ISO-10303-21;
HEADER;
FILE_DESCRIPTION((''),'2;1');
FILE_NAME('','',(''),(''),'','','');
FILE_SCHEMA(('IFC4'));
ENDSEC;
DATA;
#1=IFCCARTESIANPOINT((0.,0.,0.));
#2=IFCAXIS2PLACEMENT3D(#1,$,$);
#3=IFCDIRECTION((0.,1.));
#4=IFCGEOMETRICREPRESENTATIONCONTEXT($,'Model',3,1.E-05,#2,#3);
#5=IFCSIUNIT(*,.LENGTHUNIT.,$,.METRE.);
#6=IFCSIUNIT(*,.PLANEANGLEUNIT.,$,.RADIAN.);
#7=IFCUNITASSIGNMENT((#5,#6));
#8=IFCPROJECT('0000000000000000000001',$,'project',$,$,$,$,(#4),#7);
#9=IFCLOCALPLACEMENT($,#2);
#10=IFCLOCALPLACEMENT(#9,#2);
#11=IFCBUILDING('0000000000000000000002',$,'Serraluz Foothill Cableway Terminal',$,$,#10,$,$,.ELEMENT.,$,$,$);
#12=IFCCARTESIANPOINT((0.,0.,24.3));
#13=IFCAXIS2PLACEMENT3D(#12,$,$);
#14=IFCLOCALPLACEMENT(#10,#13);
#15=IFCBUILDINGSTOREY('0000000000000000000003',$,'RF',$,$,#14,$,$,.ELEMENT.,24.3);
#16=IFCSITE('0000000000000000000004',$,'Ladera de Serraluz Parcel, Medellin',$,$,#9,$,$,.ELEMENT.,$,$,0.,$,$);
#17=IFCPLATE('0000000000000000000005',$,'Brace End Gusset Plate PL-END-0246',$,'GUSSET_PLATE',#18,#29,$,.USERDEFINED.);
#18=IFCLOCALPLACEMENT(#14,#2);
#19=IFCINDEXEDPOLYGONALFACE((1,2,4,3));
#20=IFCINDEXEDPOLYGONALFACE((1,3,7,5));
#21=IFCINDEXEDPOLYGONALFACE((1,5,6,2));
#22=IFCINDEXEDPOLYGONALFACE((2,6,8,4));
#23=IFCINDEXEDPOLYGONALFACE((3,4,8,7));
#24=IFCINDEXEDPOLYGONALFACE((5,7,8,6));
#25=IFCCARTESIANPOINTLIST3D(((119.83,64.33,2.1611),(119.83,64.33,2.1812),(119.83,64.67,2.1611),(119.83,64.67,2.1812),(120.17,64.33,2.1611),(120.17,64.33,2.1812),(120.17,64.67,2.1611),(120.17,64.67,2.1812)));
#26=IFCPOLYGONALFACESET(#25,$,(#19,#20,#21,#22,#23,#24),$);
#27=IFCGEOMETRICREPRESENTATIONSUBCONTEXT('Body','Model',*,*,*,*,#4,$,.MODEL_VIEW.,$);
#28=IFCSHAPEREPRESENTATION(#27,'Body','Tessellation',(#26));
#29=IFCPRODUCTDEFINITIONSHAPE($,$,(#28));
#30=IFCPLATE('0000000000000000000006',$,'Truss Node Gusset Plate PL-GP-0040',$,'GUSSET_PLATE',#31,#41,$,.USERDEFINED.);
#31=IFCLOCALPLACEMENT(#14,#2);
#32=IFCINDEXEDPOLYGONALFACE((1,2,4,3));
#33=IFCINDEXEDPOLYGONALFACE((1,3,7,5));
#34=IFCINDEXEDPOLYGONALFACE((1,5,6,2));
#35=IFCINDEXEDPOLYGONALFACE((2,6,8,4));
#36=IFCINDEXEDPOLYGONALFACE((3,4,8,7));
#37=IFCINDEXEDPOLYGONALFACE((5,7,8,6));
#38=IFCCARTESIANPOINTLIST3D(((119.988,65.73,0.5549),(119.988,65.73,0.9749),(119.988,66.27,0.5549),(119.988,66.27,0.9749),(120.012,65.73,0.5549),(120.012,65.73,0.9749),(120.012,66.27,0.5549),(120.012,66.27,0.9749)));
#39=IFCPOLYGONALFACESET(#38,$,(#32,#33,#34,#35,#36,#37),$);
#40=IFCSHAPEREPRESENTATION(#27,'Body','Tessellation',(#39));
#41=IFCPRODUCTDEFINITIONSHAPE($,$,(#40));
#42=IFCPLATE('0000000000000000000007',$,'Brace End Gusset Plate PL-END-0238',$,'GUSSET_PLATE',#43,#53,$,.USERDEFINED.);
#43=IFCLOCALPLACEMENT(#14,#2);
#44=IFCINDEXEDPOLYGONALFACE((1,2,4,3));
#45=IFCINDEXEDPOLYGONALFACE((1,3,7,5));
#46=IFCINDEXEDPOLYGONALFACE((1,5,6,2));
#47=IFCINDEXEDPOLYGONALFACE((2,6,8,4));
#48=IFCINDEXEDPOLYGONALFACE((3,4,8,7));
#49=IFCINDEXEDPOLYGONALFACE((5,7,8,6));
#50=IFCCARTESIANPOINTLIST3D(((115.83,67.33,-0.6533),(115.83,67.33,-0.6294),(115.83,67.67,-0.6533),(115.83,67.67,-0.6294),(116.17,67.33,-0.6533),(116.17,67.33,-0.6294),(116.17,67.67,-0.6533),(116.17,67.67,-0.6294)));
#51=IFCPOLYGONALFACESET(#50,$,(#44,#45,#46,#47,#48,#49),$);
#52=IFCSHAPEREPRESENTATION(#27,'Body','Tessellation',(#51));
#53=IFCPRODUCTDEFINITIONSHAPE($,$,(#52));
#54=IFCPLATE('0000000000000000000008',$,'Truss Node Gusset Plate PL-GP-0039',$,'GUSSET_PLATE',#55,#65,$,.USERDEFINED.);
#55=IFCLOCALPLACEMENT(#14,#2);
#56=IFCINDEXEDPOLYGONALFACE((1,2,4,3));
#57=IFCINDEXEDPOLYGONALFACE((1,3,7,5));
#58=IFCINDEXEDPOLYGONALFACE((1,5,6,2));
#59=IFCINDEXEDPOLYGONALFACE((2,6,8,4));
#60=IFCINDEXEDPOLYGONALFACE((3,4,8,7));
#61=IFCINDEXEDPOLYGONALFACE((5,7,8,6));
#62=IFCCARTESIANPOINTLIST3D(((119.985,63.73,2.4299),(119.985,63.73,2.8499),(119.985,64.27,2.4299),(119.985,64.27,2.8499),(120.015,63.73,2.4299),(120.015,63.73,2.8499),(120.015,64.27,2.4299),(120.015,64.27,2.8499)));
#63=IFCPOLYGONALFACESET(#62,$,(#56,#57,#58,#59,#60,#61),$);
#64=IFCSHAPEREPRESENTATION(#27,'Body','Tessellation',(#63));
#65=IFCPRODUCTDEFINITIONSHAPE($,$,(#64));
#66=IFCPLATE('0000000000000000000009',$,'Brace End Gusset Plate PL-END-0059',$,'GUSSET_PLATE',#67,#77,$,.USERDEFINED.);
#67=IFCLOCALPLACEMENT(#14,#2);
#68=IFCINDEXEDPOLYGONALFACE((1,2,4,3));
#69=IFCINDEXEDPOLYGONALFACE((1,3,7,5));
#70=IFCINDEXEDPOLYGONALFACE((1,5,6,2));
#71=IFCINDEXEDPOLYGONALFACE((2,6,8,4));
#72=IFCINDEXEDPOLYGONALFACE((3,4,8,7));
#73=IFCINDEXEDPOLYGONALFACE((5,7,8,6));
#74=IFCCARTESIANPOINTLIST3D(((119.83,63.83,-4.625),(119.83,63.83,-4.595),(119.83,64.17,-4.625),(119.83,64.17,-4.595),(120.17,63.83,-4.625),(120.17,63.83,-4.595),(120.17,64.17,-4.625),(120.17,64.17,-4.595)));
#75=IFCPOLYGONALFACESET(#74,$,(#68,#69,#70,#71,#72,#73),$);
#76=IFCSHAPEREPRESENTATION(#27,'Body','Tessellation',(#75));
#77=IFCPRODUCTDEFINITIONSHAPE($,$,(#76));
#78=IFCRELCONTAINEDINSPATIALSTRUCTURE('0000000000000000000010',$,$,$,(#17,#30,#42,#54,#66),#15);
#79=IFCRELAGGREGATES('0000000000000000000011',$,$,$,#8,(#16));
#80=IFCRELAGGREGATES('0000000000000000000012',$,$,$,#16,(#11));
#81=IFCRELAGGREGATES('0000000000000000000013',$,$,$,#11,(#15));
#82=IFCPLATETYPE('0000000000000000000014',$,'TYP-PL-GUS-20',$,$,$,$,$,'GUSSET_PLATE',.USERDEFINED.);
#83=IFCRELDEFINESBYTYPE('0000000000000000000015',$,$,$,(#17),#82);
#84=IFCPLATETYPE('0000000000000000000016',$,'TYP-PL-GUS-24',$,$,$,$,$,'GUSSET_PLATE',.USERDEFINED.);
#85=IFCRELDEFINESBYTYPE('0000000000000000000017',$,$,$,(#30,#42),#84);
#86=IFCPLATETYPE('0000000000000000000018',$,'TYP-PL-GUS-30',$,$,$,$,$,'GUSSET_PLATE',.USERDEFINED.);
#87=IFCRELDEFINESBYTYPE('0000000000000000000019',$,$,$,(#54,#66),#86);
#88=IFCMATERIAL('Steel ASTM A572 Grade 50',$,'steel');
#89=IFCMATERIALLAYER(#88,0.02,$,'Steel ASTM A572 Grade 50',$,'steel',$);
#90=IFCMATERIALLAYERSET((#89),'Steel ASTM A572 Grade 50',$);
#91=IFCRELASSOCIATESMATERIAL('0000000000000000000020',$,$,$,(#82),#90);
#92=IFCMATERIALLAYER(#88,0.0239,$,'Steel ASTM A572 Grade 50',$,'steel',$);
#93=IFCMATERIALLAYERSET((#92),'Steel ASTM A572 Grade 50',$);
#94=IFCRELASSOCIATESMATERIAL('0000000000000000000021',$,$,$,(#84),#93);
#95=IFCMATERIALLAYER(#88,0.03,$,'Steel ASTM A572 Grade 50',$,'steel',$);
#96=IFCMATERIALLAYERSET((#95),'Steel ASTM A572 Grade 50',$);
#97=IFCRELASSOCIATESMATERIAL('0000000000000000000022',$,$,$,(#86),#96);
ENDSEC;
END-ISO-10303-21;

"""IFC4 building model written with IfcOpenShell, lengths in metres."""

from ifc_helpers import new_model, si_unit, direction, frame, origin, origin_2d, place, context, subcontext, project, spatial, rectangle, extrude, material, layer, layer_set, type_object, element, save


model = new_model("IFC4")

# Units and contexts
model_context = context("Model", 3, precision=1e-05, world=origin(), true_north=direction((0.0, 1.0)))
body_context = subcontext(model_context, "Body", "Model", "MODEL_VIEW")
ifc_project = project(units=[si_unit("LENGTHUNIT", "METRE"), si_unit("PLANEANGLEUNIT", "RADIAN")], contexts=[model_context])

# Site, building, storey
site_placement = place(None, origin())
site = spatial("IfcSite", under=ifc_project, at=site_placement, Name="Ladera de Serraluz Parcel, Medellin", CompositionType="ELEMENT", RefElevation=0.0)
building_placement = place(site_placement, origin())
building = spatial("IfcBuilding", under=site, at=building_placement, Name="Serraluz Foothill Cableway Terminal", CompositionType="ELEMENT")
storey_placement = place(building_placement, frame((0.0, 0.0, 24.3)))
storey = spatial("IfcBuildingStorey", under=building, at=storey_placement, Name="RF", CompositionType="ELEMENT", Elevation=24.3)

# Shared definitions
ifc_material_1 = material(Name="Steel ASTM A572 Grade 50", Category="steel")

# Plates
ifc_layer_1 = layer(ifc_material_1, 0.02, Name="Steel ASTM A572 Grade 50", Category="steel")
ifc_layer_set_1 = layer_set([ifc_layer_1], Name="Steel ASTM A572 Grade 50")
plate_type_1 = type_object("IfcPlateType", Name="TYP-PL-GUS-20", ElementType="GUSSET_PLATE", PredefinedType="USERDEFINED", material=ifc_layer_set_1)
plate_1_placement = place(storey_placement, frame((120.0, 64.5, 2.1611), z_axis=(0.0, 0.0, 1.0), x_axis=(1.0, 0.0, 0.0)))
element("IfcPlate", 1, at=plate_1_placement, inside=storey, type_object=plate_type_1, Name="Brace End Gusset Plate PL-END-0246", ObjectType="GUSSET_PLATE", PredefinedType="USERDEFINED", context=body_context, shape_type="SweptSolid", body=[
    extrude(rectangle(XDim=0.3401, YDim=0.3401, at=origin_2d()), origin(), (0.0, 0.0, 1.0), 0.02),
])
ifc_layer_2 = layer(ifc_material_1, 0.0239, Name="Steel ASTM A572 Grade 50", Category="steel")
ifc_layer_set_2 = layer_set([ifc_layer_2], Name="Steel ASTM A572 Grade 50")
plate_type_2 = type_object("IfcPlateType", Name="TYP-PL-GUS-24", ElementType="GUSSET_PLATE", PredefinedType="USERDEFINED", material=ifc_layer_set_2)
plate_2_placement = place(storey_placement, frame((120.0, 66.0, 0.5549), z_axis=(0.0, 0.0, 1.0), x_axis=(1.0, 0.0, 0.0)))
element("IfcPlate", 2, at=plate_2_placement, inside=storey, type_object=plate_type_2, Name="Truss Node Gusset Plate PL-GP-0040", ObjectType="GUSSET_PLATE", PredefinedType="USERDEFINED", context=body_context, shape_type="SweptSolid", body=[
    extrude(rectangle(XDim=0.0239, YDim=0.54, at=origin_2d()), origin(), (0.0, 0.0, 1.0), 0.4199),
])
plate_3_placement = place(storey_placement, frame((116.0, 67.5, -0.6533), z_axis=(0.0, 0.0, 1.0), x_axis=(1.0, 0.0, 0.0)))
element("IfcPlate", 3, at=plate_3_placement, inside=storey, type_object=plate_type_2, Name="Brace End Gusset Plate PL-END-0238", ObjectType="GUSSET_PLATE", PredefinedType="USERDEFINED", context=body_context, shape_type="SweptSolid", body=[
    extrude(rectangle(XDim=0.3401, YDim=0.3401, at=origin_2d()), origin(), (0.0, 0.0, 1.0), 0.0239),
])
ifc_layer_3 = layer(ifc_material_1, 0.03, Name="Steel ASTM A572 Grade 50", Category="steel")
ifc_layer_set_3 = layer_set([ifc_layer_3], Name="Steel ASTM A572 Grade 50")
plate_type_3 = type_object("IfcPlateType", Name="TYP-PL-GUS-30", ElementType="GUSSET_PLATE", PredefinedType="USERDEFINED", material=ifc_layer_set_3)
plate_4_placement = place(storey_placement, frame((120.0, 64.0, 2.4299), z_axis=(0.0, 0.0, 1.0), x_axis=(1.0, 0.0, 0.0)))
element("IfcPlate", 4, at=plate_4_placement, inside=storey, type_object=plate_type_3, Name="Truss Node Gusset Plate PL-GP-0039", ObjectType="GUSSET_PLATE", PredefinedType="USERDEFINED", context=body_context, shape_type="SweptSolid", body=[
    extrude(rectangle(XDim=0.03, YDim=0.54, at=origin_2d()), origin(), (0.0, 0.0, 1.0), 0.4199),
])
plate_5_placement = place(storey_placement, frame((120.0, 64.0, -4.625), z_axis=(0.0, 0.0, 1.0), x_axis=(1.0, 0.0, 0.0)))
element("IfcPlate", 5, at=plate_5_placement, inside=storey, type_object=plate_type_3, Name="Brace End Gusset Plate PL-END-0059", ObjectType="GUSSET_PLATE", PredefinedType="USERDEFINED", context=body_context, shape_type="SweptSolid", body=[
    extrude(rectangle(XDim=0.3401, YDim=0.3401, at=origin_2d()), origin(), (0.0, 0.0, 1.0), 0.03),
])

save(model, "model.ifc")
